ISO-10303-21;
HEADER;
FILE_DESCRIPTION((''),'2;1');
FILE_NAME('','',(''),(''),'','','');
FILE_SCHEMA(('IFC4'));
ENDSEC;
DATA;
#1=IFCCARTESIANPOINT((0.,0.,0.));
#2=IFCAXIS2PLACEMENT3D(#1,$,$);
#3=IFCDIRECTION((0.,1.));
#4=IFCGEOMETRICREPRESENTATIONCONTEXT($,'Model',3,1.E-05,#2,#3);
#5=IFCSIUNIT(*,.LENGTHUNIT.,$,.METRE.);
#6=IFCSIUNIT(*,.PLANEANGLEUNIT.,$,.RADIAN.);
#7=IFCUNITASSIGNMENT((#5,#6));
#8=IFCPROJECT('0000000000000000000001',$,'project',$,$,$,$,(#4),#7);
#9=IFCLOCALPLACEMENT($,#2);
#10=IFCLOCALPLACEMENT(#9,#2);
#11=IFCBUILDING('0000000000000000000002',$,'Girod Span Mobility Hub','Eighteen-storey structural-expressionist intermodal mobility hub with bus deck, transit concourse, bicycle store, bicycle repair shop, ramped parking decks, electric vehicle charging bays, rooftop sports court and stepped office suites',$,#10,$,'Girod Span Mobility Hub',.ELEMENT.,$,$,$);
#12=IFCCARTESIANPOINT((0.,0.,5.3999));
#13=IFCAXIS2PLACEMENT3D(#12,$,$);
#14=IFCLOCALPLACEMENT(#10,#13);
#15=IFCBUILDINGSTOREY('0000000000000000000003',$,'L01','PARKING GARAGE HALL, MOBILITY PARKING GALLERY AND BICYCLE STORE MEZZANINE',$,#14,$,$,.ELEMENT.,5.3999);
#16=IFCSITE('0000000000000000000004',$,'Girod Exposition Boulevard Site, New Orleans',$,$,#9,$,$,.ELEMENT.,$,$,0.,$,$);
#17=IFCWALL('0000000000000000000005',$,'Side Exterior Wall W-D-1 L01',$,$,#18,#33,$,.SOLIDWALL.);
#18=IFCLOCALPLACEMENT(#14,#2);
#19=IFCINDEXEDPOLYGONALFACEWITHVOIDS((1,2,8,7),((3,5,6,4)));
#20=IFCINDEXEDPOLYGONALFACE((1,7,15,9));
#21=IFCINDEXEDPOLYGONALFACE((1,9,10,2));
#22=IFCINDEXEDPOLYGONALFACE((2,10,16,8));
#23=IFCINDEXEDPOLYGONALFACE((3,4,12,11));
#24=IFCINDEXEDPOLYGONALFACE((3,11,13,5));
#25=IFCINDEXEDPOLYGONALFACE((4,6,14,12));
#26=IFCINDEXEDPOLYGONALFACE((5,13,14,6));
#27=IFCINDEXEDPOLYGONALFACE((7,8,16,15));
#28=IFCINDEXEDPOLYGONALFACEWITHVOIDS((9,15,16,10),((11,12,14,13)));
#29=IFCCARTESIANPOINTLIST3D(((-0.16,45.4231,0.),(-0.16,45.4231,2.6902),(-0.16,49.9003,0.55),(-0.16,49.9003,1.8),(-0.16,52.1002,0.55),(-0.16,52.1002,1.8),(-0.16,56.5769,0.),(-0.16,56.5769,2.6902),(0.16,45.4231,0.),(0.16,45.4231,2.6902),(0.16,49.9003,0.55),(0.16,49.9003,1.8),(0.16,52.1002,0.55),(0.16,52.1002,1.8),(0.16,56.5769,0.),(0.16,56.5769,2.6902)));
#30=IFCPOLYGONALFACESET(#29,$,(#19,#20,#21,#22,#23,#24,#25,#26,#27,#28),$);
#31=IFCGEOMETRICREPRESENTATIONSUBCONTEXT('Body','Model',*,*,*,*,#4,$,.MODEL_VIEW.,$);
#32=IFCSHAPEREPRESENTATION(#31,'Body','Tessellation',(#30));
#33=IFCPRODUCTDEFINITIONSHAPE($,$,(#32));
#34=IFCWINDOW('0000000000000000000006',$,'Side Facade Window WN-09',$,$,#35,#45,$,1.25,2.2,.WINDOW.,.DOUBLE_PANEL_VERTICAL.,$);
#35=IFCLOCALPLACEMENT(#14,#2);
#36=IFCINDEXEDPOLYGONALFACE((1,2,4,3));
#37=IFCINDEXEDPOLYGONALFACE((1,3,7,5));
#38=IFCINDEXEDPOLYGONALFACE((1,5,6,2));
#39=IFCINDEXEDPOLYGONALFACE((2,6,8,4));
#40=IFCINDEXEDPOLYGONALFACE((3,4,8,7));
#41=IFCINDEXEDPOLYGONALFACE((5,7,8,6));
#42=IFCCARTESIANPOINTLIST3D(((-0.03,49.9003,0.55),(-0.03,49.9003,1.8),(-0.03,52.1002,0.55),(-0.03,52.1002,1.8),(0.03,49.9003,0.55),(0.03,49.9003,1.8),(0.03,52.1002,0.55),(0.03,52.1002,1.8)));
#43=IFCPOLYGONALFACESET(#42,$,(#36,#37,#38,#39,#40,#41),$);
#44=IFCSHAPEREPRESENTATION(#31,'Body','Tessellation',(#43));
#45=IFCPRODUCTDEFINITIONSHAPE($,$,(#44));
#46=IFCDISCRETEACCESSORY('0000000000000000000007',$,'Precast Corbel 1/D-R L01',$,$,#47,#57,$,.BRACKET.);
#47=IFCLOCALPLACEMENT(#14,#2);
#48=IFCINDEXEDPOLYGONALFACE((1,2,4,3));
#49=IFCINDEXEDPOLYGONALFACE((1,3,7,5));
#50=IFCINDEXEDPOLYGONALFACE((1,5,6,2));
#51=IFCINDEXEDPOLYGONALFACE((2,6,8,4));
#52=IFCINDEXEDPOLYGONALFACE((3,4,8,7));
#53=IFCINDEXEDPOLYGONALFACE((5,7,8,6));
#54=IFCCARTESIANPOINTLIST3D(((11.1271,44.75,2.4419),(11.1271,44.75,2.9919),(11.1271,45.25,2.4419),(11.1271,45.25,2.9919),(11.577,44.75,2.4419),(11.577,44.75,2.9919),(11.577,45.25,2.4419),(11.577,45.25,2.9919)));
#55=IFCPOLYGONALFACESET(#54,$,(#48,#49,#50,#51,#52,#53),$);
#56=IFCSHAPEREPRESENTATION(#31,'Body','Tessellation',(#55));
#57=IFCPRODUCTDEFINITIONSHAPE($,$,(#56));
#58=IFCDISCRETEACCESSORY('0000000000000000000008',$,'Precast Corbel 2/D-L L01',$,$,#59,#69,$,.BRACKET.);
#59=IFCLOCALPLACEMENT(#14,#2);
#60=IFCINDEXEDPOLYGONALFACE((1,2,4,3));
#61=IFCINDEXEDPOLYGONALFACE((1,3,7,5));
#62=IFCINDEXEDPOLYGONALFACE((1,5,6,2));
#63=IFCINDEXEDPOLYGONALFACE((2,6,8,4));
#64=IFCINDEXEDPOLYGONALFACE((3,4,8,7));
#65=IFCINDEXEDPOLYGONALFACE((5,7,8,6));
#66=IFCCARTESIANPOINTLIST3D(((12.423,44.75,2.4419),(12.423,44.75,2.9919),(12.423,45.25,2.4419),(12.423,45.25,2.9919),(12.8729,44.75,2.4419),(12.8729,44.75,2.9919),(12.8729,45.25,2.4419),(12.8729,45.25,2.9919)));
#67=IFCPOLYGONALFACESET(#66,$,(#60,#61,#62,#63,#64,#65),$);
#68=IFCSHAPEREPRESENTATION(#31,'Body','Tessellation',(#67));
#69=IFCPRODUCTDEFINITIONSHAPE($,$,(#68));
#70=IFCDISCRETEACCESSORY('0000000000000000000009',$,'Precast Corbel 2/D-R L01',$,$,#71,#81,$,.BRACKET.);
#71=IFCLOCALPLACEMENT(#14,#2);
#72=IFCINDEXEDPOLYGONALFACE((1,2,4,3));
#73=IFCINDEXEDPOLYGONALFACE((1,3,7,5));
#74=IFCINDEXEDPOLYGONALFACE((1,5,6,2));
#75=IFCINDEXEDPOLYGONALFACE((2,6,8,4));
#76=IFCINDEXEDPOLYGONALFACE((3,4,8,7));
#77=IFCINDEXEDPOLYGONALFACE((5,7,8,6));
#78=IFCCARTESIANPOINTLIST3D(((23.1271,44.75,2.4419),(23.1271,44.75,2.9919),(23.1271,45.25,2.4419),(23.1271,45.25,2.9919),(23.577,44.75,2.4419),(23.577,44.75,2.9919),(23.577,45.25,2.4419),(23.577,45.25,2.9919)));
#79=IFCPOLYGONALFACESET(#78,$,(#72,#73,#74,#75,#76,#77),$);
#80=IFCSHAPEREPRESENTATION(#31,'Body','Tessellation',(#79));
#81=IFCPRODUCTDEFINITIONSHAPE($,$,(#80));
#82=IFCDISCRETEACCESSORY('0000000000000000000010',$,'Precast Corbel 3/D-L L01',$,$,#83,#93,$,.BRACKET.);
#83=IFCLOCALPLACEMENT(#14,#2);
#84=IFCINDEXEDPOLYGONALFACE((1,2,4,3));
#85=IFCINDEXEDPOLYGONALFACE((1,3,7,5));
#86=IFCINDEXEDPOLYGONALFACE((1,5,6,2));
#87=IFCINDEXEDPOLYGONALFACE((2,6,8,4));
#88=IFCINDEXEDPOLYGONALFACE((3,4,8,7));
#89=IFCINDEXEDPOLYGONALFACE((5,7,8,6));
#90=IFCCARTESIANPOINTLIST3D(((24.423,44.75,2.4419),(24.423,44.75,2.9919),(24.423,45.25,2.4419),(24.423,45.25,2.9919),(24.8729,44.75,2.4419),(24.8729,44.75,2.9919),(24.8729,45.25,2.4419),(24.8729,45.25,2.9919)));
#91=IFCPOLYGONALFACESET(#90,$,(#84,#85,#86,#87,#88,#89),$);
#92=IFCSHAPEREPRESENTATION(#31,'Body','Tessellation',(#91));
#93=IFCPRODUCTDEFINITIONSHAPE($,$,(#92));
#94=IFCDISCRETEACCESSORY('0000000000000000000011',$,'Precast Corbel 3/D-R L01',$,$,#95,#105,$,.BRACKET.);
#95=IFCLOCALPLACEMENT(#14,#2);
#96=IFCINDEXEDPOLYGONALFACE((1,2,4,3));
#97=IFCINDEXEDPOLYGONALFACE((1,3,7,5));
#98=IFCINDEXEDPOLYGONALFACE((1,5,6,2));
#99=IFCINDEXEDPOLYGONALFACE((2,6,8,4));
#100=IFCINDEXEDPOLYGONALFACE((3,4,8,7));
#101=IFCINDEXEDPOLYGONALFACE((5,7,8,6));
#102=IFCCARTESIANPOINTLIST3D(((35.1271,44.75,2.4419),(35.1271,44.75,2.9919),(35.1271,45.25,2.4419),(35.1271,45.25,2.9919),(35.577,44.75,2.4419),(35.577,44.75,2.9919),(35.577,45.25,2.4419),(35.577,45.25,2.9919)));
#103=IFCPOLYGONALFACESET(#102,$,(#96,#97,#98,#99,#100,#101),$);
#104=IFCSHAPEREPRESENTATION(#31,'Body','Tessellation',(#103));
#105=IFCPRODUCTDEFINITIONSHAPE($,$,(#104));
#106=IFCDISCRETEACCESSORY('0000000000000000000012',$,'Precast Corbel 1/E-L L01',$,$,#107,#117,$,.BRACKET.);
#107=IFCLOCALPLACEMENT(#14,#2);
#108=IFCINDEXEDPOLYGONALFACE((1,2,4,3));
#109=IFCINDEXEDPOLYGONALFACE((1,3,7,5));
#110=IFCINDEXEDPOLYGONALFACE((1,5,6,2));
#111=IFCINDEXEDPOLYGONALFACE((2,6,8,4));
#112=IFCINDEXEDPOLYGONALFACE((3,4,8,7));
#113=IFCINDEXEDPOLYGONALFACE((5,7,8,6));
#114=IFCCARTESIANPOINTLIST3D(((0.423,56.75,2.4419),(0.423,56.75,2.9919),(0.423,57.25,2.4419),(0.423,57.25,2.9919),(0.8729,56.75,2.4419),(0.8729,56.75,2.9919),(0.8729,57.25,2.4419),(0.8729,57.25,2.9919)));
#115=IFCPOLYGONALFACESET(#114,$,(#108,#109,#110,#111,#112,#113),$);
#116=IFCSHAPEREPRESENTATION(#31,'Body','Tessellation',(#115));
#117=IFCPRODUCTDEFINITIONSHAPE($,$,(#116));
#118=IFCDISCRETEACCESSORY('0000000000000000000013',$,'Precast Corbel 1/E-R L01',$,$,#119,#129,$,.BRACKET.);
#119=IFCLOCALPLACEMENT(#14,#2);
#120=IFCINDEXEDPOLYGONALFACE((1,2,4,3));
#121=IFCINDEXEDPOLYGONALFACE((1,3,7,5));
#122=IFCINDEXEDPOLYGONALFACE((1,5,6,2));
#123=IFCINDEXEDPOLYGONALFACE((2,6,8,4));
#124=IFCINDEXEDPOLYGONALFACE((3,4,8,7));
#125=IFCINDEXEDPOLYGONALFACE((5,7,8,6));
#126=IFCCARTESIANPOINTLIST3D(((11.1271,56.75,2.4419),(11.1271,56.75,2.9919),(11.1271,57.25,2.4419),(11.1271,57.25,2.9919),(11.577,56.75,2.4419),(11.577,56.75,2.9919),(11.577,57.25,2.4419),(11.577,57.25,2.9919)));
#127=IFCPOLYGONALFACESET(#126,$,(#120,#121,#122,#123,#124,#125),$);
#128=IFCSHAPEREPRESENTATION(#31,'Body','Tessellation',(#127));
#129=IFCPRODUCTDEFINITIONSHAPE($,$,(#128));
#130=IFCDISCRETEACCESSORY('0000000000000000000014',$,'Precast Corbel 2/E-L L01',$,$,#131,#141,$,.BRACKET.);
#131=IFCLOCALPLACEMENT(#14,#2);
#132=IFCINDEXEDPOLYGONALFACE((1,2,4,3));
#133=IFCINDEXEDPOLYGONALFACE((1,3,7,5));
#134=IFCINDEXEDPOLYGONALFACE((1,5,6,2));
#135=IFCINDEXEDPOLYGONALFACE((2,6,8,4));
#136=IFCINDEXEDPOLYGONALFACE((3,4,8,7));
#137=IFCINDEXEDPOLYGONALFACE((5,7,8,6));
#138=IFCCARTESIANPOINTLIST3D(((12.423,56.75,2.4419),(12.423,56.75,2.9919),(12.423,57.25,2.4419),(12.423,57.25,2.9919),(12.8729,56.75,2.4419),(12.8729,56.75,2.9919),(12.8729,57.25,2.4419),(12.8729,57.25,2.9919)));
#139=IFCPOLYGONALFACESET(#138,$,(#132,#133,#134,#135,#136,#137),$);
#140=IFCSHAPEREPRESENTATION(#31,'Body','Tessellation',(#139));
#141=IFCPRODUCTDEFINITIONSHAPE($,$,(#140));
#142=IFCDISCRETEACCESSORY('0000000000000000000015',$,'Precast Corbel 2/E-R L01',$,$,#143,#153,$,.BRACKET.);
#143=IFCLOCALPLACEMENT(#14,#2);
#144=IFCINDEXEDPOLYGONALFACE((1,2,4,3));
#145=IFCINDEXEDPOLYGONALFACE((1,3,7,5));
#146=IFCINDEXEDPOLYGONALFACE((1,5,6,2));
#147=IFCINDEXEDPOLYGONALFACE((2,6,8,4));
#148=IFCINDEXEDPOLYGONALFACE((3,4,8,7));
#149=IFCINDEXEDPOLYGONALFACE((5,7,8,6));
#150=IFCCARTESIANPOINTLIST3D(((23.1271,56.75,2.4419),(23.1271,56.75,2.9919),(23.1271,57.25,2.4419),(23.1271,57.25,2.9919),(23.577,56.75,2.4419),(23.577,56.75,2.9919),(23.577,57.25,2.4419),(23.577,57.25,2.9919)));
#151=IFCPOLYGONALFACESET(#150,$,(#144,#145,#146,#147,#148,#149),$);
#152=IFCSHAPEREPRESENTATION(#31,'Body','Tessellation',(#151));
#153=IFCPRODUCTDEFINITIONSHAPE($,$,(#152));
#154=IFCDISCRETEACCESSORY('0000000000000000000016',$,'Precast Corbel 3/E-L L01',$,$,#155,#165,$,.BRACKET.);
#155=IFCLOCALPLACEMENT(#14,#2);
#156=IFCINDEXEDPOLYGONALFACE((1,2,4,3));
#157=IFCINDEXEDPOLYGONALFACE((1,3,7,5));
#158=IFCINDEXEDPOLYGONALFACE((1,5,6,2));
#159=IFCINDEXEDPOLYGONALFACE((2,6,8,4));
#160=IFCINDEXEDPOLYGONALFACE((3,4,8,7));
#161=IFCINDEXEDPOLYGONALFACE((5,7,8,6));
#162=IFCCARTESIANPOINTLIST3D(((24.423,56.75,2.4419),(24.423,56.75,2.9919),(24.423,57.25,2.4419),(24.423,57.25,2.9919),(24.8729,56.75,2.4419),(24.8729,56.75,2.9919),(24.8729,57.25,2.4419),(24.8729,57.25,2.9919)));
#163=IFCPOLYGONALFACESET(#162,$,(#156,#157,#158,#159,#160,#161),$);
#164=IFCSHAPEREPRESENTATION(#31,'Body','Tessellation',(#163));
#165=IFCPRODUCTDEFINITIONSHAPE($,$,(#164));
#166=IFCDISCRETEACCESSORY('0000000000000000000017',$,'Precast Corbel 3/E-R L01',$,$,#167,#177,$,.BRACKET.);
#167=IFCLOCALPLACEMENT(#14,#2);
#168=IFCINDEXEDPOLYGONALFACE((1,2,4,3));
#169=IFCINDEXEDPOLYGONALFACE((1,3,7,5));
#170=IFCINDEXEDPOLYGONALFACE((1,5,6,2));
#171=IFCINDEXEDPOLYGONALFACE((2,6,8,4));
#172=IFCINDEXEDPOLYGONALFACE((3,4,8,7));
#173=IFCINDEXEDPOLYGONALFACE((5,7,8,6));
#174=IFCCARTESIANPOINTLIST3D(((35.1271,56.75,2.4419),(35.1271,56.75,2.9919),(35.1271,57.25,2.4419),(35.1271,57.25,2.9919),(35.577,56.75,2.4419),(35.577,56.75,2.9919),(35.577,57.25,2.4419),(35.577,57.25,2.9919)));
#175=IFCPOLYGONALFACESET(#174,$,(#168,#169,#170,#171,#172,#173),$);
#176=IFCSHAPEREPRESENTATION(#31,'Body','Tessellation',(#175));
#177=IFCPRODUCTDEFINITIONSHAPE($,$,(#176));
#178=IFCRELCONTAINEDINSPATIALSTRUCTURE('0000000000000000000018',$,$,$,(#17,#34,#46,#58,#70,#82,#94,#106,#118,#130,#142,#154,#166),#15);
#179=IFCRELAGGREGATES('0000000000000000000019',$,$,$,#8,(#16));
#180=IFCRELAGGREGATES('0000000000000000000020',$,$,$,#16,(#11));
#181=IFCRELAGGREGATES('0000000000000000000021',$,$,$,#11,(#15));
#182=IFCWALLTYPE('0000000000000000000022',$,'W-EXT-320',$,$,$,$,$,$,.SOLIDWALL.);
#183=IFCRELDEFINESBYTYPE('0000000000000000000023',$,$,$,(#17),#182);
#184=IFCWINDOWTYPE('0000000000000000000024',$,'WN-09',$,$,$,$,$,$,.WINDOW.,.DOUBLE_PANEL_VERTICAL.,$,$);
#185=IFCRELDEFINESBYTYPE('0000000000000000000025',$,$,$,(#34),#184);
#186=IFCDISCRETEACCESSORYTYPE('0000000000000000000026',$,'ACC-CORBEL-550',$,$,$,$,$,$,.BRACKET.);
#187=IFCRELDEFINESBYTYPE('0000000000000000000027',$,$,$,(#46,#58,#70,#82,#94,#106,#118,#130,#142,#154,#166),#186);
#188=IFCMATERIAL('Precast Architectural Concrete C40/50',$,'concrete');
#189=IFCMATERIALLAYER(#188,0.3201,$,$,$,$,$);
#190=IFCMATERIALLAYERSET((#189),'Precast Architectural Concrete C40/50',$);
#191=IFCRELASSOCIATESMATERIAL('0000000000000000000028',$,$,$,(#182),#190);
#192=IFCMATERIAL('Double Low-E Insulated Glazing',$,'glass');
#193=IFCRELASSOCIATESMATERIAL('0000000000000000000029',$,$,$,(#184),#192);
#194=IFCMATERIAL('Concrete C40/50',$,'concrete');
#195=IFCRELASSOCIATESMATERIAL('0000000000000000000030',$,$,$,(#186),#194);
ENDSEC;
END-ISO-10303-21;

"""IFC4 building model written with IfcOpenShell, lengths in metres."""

from ifc_helpers import new_model, si_unit, direction, frame, frame_2d, origin, origin_2d, place, context, subcontext, project, spatial, rectangle, extrude, material, layer, layer_set, type_object, element, fill, save


model = new_model("IFC4")

# Units and contexts
model_context = context("Model", 3, precision=1e-05, world=origin(), true_north=direction((0.0, 1.0)))
body_context = subcontext(model_context, "Body", "Model", "MODEL_VIEW")
ifc_project = project(units=[si_unit("LENGTHUNIT", "METRE"), si_unit("PLANEANGLEUNIT", "RADIAN")], contexts=[model_context])

# Site, building, storey
site_placement = place(None, origin())
site = spatial("IfcSite", under=ifc_project, at=site_placement, Name="Girod Exposition Boulevard Site, New Orleans", CompositionType="ELEMENT", RefElevation=0.0)
building_placement = place(site_placement, origin())
building = spatial("IfcBuilding", under=site, at=building_placement, Name="Girod Span Mobility Hub", Description="Eighteen-storey structural-expressionist intermodal mobility hub with bus deck, transit concourse, bicycle store, bicycle repair shop, ramped parking decks, electric vehicle charging bays, rooftop sports court and stepped office suites", LongName="Girod Span Mobility Hub", CompositionType="ELEMENT")
storey_placement = place(building_placement, frame((0.0, 0.0, 5.3999)))
storey = spatial("IfcBuildingStorey", under=building, at=storey_placement, Name="L01", Description="PARKING GARAGE HALL, MOBILITY PARKING GALLERY AND BICYCLE STORE MEZZANINE", CompositionType="ELEMENT", Elevation=5.3999)

# Wall, opening, window
ifc_material_1 = material(Name="Precast Architectural Concrete C40/50", Category="concrete")
ifc_layer = layer(ifc_material_1, 0.3201)
ifc_layer_set = layer_set([ifc_layer], Name="Precast Architectural Concrete C40/50")
wall_type = type_object("IfcWallType", Name="W-EXT-320", PredefinedType="SOLIDWALL", material=ifc_layer_set)
wall_placement = place(storey_placement, frame((0.0, 45.4231, 0.0), z_axis=(0.0, 0.0, 1.0), x_axis=(0.0, 1.0, 0.0)))
wall = element("IfcWall", 1, at=wall_placement, inside=storey, type_object=wall_type, Name="Side Exterior Wall W-D-1 L01", PredefinedType="SOLIDWALL", context=body_context, shape_type="SweptSolid", body=[
    extrude(rectangle(XDim=11.1538, YDim=0.3201, at=frame_2d((5.5769, 0.0))), origin(), (0.0, 0.0, 1.0), 2.6902),
])
opening_placement = place(wall_placement, frame((4.4771, 0.0, 0.55)))
opening = element("IfcOpeningElement", 2, at=opening_placement, cuts=wall, PredefinedType="OPENING", context=body_context, shape_type="SweptSolid", body=[
    extrude(rectangle(XDim=2.2, YDim=1.25, at=frame_2d((1.1001, 0.625))), frame((0.0, 0.175, 0.0), z_axis=(0.0, -1.0, 0.0), x_axis=(1.0, 0.0, 0.0)), (0.0, 0.0, 1.0), 0.3501),
])
ifc_material_2 = material(Name="Double Low-E Insulated Glazing", Category="glass")
window_type = type_object("IfcWindowType", Name="WN-09", PartitioningType="DOUBLE_PANEL_VERTICAL", PredefinedType="WINDOW", material=ifc_material_2)
window_placement = place(opening_placement, origin())
window = element("IfcWindow", 3, at=window_placement, inside=storey, type_object=window_type, Name="Side Facade Window WN-09", OverallHeight=1.25, OverallWidth=2.2, PartitioningType="DOUBLE_PANEL_VERTICAL", PredefinedType="WINDOW", context=body_context, shape_type="SweptSolid", body=[
    extrude(rectangle(XDim=2.2, YDim=1.25, at=frame_2d((1.1001, 0.625))), frame((0.0, 0.03, 0.0), z_axis=(0.0, -1.0, 0.0), x_axis=(1.0, 0.0, 0.0)), (0.0, 0.0, 1.0), 0.0601),
])
fill(opening, window)

# Discrete accessories
ifc_material_3 = material(Name="Concrete C40/50", Category="concrete")
discrete_accessory_type = type_object("IfcDiscreteAccessoryType", Name="ACC-CORBEL-550", PredefinedType="BRACKET", material=ifc_material_3)
for number, where, z_axis, x_axis, name in (
    (4, (11.3521, 45.0, 2.4419), (0.0, 0.0, 1.0), (1.0, 0.0, 0.0), "Precast Corbel 1/D-R L01"),
    (5, (12.6479, 45.0, 2.4419), (0.0, 0.0, 1.0), (1.0, 0.0, 0.0), "Precast Corbel 2/D-L L01"),
    (6, (23.3521, 45.0, 2.4419), (0.0, 0.0, 1.0), (1.0, 0.0, 0.0), "Precast Corbel 2/D-R L01"),
    (7, (24.6479, 45.0, 2.4419), (0.0, 0.0, 1.0), (1.0, 0.0, 0.0), "Precast Corbel 3/D-L L01"),
    (8, (35.3521, 45.0, 2.4419), (0.0, 0.0, 1.0), (1.0, 0.0, 0.0), "Precast Corbel 3/D-R L01"),
    (9, (0.6479, 57.0, 2.4419), (0.0, 0.0, 1.0), (1.0, 0.0, 0.0), "Precast Corbel 1/E-L L01"),
    (10, (11.3521, 57.0, 2.4419), (0.0, 0.0, 1.0), (1.0, 0.0, 0.0), "Precast Corbel 1/E-R L01"),
    (11, (12.6479, 57.0, 2.4419), (0.0, 0.0, 1.0), (1.0, 0.0, 0.0), "Precast Corbel 2/E-L L01"),
    (12, (23.3521, 57.0, 2.4419), (0.0, 0.0, 1.0), (1.0, 0.0, 0.0), "Precast Corbel 2/E-R L01"),
    (13, (24.6479, 57.0, 2.4419), (0.0, 0.0, 1.0), (1.0, 0.0, 0.0), "Precast Corbel 3/E-L L01"),
    (14, (35.3521, 57.0, 2.4419), (0.0, 0.0, 1.0), (1.0, 0.0, 0.0), "Precast Corbel 3/E-R L01"),
):
    element("IfcDiscreteAccessory", number, at=place(storey_placement, frame(where, z_axis=z_axis, x_axis=x_axis)), inside=storey, type_object=discrete_accessory_type, Name=name, PredefinedType="BRACKET", context=body_context, shape_type="SweptSolid", body=[
        extrude(rectangle(XDim=0.45, YDim=0.5, at=origin_2d()), origin(), (0.0, 0.0, 1.0), 0.55),
    ])

save(model, "model.ifc")
